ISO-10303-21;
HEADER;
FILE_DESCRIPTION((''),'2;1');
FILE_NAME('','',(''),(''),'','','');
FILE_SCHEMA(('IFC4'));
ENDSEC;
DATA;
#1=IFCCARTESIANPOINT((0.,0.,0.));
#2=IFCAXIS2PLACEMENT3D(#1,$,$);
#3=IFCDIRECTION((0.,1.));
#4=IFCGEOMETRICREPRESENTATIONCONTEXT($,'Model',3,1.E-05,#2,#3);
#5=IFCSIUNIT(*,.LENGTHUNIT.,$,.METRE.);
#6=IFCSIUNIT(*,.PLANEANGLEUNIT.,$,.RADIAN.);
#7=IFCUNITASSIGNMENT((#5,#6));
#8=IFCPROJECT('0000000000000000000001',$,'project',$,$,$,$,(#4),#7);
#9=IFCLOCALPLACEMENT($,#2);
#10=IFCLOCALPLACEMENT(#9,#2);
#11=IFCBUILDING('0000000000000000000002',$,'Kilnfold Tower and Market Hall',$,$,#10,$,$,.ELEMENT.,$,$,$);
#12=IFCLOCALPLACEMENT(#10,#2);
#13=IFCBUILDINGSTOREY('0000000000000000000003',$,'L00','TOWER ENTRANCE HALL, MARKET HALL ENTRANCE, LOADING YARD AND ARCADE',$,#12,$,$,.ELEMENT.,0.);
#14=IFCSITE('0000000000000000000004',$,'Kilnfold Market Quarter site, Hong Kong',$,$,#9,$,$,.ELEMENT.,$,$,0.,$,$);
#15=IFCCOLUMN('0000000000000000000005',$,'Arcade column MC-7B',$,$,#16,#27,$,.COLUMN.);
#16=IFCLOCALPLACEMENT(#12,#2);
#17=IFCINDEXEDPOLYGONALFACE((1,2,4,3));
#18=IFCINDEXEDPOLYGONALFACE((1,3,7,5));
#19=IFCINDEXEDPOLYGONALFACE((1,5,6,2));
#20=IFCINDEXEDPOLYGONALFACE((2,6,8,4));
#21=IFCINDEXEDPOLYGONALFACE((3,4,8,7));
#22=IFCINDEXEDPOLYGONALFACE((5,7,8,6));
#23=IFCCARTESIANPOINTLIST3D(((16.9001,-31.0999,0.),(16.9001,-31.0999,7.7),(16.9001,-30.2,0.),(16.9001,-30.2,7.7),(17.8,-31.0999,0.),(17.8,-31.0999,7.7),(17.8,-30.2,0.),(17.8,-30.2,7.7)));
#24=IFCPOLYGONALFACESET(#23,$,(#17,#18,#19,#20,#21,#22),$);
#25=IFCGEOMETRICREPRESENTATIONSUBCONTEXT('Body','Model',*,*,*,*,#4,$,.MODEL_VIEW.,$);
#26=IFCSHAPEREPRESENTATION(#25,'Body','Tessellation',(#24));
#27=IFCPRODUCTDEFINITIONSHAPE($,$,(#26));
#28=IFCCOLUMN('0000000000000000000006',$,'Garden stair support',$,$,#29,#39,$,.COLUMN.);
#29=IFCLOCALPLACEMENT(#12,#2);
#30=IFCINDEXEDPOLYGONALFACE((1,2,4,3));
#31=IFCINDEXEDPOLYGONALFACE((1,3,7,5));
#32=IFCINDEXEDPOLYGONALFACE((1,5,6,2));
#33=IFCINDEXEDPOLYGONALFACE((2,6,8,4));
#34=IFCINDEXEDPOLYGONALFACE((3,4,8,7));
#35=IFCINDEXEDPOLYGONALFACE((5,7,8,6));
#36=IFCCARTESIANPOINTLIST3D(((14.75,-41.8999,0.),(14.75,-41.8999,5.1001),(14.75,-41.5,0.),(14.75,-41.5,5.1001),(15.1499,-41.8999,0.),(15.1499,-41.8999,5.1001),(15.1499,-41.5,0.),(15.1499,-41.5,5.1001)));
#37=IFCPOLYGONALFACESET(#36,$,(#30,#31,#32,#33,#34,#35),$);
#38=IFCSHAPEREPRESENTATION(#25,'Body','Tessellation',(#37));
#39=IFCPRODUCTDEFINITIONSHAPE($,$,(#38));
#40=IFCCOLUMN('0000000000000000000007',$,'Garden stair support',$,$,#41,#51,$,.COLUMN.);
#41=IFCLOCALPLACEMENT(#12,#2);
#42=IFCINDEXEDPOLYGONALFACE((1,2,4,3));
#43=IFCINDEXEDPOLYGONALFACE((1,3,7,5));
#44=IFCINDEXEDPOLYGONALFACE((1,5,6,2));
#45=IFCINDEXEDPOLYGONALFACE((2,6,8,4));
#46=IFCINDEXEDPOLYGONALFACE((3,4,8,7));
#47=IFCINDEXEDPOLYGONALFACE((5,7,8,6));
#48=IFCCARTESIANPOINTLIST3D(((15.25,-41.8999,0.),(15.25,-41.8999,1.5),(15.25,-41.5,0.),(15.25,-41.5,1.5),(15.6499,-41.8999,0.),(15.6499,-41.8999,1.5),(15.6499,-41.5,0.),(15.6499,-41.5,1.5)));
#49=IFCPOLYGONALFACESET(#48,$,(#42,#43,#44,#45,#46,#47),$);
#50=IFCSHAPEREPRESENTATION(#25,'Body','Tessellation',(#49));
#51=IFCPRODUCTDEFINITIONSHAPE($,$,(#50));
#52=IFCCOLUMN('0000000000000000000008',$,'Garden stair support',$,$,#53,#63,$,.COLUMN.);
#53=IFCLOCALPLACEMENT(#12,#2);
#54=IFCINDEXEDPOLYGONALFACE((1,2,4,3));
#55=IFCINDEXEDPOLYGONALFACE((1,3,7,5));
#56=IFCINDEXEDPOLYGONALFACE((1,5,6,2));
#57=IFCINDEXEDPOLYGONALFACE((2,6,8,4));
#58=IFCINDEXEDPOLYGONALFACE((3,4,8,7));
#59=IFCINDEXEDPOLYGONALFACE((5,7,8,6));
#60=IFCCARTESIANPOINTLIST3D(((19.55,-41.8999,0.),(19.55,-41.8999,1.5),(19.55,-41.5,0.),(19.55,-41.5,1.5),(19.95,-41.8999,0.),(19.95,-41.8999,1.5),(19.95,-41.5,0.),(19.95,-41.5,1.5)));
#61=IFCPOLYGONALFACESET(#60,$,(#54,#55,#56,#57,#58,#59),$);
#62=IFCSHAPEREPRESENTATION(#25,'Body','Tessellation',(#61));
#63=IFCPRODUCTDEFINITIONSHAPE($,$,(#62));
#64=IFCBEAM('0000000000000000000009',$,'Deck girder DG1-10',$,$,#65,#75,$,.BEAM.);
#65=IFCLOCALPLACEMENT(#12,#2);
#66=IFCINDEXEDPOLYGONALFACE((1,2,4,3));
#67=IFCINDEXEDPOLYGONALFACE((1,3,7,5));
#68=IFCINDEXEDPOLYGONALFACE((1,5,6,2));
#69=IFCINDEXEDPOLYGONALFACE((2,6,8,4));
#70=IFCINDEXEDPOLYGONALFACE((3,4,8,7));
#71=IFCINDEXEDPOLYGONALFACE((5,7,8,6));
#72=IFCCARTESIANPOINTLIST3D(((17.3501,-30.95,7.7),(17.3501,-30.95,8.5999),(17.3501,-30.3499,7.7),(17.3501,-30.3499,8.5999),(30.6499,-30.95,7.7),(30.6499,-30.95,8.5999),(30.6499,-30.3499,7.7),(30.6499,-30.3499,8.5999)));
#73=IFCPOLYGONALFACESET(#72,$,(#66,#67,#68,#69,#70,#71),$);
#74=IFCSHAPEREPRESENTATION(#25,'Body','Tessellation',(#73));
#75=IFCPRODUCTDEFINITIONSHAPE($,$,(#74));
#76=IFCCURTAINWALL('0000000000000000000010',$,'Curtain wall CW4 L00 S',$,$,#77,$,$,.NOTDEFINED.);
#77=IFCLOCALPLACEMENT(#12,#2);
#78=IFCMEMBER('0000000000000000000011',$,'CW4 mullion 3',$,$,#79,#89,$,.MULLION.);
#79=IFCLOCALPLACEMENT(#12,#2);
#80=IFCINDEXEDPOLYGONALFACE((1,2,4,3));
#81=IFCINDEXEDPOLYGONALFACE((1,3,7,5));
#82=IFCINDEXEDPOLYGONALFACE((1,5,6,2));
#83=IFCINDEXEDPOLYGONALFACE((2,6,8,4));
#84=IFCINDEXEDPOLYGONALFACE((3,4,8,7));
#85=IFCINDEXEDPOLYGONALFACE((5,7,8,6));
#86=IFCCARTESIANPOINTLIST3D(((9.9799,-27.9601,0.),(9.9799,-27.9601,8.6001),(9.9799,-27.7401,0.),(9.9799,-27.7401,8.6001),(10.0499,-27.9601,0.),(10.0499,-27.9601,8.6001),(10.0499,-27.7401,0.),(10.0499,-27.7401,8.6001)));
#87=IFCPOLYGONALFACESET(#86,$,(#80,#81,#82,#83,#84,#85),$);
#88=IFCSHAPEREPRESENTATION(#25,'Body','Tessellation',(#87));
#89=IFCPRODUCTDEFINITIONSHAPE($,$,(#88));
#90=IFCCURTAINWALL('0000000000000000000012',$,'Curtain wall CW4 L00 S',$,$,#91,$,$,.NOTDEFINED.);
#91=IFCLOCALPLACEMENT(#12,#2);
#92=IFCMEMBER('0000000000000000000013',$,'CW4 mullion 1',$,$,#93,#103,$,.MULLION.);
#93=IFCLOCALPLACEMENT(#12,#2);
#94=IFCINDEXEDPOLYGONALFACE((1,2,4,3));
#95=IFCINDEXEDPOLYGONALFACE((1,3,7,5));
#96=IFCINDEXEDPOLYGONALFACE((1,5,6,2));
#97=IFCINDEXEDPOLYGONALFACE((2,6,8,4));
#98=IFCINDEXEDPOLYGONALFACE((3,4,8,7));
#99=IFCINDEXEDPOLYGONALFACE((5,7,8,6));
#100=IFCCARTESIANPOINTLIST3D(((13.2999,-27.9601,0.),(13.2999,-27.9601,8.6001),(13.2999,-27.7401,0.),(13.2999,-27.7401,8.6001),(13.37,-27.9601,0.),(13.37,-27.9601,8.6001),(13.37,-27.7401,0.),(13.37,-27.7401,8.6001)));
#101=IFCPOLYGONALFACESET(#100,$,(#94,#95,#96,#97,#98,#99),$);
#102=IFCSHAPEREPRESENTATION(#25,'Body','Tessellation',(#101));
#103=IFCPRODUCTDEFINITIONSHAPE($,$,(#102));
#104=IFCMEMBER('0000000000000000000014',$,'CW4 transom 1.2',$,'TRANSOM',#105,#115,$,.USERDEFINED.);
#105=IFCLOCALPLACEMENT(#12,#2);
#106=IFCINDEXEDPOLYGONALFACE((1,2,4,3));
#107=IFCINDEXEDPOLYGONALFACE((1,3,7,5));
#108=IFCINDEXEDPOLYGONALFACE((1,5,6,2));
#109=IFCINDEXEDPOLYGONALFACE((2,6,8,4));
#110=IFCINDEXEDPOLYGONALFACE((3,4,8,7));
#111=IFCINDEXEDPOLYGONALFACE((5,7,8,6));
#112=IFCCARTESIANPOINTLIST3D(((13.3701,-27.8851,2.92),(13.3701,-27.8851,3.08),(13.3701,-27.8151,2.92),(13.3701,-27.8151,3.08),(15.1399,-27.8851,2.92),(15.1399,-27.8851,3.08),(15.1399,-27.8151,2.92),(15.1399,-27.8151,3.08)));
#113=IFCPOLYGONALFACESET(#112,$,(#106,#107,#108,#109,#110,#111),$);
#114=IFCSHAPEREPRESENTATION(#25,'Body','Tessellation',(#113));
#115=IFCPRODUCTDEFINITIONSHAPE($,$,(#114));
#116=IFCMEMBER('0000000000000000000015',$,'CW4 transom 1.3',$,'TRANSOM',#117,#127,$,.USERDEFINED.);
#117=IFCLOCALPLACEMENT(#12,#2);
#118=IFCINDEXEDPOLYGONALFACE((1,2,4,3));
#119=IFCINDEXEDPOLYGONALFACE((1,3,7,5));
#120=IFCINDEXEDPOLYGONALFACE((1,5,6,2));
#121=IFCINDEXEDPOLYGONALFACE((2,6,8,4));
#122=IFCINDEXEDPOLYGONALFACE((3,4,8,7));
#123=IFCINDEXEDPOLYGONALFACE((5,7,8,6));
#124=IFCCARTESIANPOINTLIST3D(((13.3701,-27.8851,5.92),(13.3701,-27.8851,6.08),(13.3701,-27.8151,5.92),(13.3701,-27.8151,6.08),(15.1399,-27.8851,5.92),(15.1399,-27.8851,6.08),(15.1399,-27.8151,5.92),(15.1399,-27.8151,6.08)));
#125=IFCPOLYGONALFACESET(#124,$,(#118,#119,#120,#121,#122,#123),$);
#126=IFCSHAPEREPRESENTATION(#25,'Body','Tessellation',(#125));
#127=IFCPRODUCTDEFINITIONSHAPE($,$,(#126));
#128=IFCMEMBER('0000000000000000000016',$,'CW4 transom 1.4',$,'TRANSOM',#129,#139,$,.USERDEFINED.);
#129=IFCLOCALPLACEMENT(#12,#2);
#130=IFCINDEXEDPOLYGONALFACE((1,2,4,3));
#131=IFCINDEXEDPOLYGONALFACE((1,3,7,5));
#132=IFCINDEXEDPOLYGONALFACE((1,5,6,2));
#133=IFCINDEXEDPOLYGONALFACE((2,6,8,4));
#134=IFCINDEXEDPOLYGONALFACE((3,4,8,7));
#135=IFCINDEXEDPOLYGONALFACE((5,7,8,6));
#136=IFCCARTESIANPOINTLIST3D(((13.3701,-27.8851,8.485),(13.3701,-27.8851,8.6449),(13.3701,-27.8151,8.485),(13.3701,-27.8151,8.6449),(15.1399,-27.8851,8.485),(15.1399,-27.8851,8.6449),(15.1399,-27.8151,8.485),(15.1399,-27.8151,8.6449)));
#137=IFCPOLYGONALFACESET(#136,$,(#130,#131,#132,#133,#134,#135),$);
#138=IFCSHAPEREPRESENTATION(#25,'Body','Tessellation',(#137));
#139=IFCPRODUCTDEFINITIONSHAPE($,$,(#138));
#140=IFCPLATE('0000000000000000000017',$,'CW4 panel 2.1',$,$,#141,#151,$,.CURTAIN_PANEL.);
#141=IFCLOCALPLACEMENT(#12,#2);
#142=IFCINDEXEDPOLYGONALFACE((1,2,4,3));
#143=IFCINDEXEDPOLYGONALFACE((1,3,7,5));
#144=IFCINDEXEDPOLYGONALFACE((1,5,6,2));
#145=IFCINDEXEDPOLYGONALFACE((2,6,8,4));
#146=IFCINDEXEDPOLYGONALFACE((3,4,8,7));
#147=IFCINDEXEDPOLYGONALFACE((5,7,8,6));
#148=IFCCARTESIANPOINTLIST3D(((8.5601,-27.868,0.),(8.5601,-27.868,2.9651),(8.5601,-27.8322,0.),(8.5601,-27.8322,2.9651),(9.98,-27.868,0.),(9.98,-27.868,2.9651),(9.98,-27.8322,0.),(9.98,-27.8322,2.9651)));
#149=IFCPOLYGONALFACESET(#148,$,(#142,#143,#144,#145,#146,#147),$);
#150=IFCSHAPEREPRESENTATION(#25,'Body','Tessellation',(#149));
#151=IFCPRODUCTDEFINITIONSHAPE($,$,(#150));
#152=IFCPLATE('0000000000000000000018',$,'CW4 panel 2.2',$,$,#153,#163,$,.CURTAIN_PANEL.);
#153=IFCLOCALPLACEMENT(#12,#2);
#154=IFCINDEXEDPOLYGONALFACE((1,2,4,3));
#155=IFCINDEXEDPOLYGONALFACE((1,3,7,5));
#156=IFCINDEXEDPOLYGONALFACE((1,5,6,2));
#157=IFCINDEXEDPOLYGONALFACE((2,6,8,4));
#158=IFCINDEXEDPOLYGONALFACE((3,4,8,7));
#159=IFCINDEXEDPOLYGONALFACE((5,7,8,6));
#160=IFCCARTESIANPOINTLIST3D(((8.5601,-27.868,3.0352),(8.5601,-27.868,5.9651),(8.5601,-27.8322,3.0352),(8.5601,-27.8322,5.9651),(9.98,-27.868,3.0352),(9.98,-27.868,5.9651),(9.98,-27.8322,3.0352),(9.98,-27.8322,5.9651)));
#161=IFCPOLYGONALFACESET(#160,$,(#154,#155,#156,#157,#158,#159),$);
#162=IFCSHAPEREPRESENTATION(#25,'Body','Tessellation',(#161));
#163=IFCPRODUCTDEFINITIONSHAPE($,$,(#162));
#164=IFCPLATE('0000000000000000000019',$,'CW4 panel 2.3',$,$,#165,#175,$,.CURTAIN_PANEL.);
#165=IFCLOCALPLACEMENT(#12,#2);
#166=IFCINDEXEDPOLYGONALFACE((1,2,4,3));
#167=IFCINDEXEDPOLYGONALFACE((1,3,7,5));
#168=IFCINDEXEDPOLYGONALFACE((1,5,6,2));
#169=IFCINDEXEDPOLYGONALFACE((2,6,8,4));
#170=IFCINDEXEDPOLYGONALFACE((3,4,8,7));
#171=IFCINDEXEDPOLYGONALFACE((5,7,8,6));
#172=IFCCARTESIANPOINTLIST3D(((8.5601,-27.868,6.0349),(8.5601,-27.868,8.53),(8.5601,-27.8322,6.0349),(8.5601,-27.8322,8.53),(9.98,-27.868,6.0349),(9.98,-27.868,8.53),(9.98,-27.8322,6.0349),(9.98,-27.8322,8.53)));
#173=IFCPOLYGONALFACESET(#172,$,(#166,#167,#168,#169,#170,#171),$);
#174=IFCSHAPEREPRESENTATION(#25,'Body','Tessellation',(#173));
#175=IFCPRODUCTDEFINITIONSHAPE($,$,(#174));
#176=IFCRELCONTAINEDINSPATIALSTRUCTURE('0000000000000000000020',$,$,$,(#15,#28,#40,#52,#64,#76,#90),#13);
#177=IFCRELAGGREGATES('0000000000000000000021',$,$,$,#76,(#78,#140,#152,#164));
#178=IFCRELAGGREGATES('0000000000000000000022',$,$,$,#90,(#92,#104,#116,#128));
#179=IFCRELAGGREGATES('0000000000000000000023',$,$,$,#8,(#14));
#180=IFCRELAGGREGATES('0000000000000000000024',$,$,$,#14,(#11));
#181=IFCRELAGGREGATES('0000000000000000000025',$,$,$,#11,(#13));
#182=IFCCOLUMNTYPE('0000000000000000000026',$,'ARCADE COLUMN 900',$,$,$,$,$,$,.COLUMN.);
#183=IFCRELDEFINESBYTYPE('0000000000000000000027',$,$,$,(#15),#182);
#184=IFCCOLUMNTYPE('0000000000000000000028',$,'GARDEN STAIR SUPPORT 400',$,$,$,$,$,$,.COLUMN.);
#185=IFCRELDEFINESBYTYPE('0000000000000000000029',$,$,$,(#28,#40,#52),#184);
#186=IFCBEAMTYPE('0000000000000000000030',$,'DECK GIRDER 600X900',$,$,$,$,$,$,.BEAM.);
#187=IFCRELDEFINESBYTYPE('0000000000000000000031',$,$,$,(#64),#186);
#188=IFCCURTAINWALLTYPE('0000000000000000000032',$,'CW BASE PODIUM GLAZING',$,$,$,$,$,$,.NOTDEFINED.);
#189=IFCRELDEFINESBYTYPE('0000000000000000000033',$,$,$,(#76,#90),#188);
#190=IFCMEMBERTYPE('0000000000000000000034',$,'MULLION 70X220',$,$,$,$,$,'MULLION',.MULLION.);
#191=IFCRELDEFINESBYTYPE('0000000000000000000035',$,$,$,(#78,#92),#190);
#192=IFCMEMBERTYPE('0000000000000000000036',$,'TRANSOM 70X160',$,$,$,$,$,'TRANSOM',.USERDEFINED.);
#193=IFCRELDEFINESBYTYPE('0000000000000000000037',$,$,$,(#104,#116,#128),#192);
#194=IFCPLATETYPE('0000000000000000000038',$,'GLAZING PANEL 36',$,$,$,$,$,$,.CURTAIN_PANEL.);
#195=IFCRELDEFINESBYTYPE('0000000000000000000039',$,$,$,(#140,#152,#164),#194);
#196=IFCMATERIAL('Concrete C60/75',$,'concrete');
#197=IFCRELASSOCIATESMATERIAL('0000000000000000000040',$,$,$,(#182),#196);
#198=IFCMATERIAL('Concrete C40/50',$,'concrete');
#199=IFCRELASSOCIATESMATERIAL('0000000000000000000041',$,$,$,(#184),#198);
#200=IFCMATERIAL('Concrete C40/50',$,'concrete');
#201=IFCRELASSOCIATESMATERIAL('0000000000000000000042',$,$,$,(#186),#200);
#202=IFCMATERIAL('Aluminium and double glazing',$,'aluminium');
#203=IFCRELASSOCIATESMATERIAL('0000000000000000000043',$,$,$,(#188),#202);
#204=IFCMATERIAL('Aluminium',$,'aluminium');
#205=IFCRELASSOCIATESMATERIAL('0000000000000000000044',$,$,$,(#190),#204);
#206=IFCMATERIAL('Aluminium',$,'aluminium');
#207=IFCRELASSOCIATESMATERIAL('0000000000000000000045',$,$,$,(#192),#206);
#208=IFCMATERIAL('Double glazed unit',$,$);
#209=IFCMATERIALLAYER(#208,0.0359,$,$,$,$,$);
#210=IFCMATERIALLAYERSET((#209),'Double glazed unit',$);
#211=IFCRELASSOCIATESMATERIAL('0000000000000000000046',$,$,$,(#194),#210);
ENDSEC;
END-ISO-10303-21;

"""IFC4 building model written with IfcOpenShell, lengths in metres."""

from ifc_helpers import new_model, si_unit, direction, frame, origin, origin_2d, place, context, subcontext, project, spatial, rectangle, extrude, source, transform, mapped, material, layer, layer_set, material_profile, profile_set, type_object, element, aggregate, save


model = new_model("IFC4")

# Units and contexts
model_context = context("Model", 3, precision=1e-05, world=origin(), true_north=direction((0.0, 1.0)))
body_context = subcontext(model_context, "Body", "Model", "MODEL_VIEW")
ifc_project = project(units=[si_unit("LENGTHUNIT", "METRE"), si_unit("PLANEANGLEUNIT", "RADIAN")], contexts=[model_context])

# Site, building, storey
site_placement = place(None, origin())
site = spatial("IfcSite", under=ifc_project, at=site_placement, Name="Kilnfold Market Quarter site, Hong Kong", CompositionType="ELEMENT", RefElevation=0.0)
building_placement = place(site_placement, origin())
building = spatial("IfcBuilding", under=site, at=building_placement, Name="Kilnfold Tower and Market Hall", CompositionType="ELEMENT")
storey_placement = place(building_placement, origin())
storey = spatial("IfcBuildingStorey", under=building, at=storey_placement, Name="L00", Description="TOWER ENTRANCE HALL, MARKET HALL ENTRANCE, LOADING YARD AND ARCADE", CompositionType="ELEMENT", Elevation=0.0)

# Columns
ifc_material_1 = material(Name="Concrete C60/75", Category="concrete")
ifc_material_profile_1 = material_profile(ifc_material_1, rectangle(XDim=0.8999, YDim=0.8999, at=origin_2d()), Name="RC 900x900")
ifc_profile_set_1 = profile_set([ifc_material_profile_1], Name="Concrete C60/75")
column_type_1 = type_object("IfcColumnType", Name="ARCADE COLUMN 900", PredefinedType="COLUMN", material=ifc_profile_set_1)
shared_shape_1 = source(origin(), body_context, "Body", "SweptSolid", [
    extrude(rectangle(XDim=0.8999, YDim=0.8999, at=origin_2d()), origin(), (0.0, 0.0, 1.0), 7.7),
])
column_1_placement = place(storey_placement, frame((17.3501, -30.6499, 0.0), z_axis=(0.0, 0.0, 1.0), x_axis=(1.0, 0.0, 0.0)))
element("IfcColumn", 1, at=column_1_placement, inside=storey, type_object=column_type_1, Name="Arcade column MC-7B", PredefinedType="COLUMN", context=body_context, shape_type="MappedRepresentation", body=[
    mapped(shared_shape_1, transform((0.0, 0.0, 0.0))),
])
ifc_material_2 = material(Name="Concrete C40/50", Category="concrete")
ifc_material_profile_2 = material_profile(ifc_material_2, rectangle(XDim=0.3999, YDim=0.3999, at=origin_2d()), Name="RC 400x400")
ifc_profile_set_2 = profile_set([ifc_material_profile_2], Name="Concrete C40/50")
column_type_2 = type_object("IfcColumnType", Name="GARDEN STAIR SUPPORT 400", PredefinedType="COLUMN", material=ifc_profile_set_2)
shared_shape_2 = source(origin(), body_context, "Body", "SweptSolid", [
    extrude(rectangle(XDim=0.3999, YDim=0.3999, at=origin_2d()), origin(), (0.0, 0.0, 1.0), 5.1001),
])
column_2_placement = place(storey_placement, frame((14.95, -41.7, 0.0), z_axis=(0.0, 0.0, 1.0), x_axis=(1.0, 0.0, 0.0)))
element("IfcColumn", 2, at=column_2_placement, inside=storey, type_object=column_type_2, Name="Garden stair support", PredefinedType="COLUMN", context=body_context, shape_type="MappedRepresentation", body=[
    mapped(shared_shape_2, transform((0.0, 0.0, 0.0))),
])
shared_shape_3 = source(origin(), body_context, "Body", "SweptSolid", [
    extrude(rectangle(XDim=0.3999, YDim=0.3999, at=origin_2d()), origin(), (0.0, 0.0, 1.0), 1.5),
])
for number, where, z_axis, x_axis, name in (
    (3, (15.45, -41.7, 0.0), (0.0, 0.0, 1.0), (1.0, 0.0, 0.0), "Garden stair support"),
    (4, (19.75, -41.7, 0.0), (0.0, 0.0, 1.0), (1.0, 0.0, 0.0), "Garden stair support"),
):
    element("IfcColumn", number, at=place(storey_placement, frame(where, z_axis=z_axis, x_axis=x_axis)), inside=storey, type_object=column_type_2, Name=name, PredefinedType="COLUMN", context=body_context, shape_type="MappedRepresentation", body=[
        mapped(shared_shape_3, transform((0.0, 0.0, 0.0))),
    ])

# Beam
ifc_material_3 = material(Name="Concrete C40/50", Category="concrete")
ifc_material_profile_3 = material_profile(ifc_material_3, rectangle(XDim=0.6001, YDim=0.8999, at=origin_2d()), Name="RC 600x900")
ifc_profile_set_3 = profile_set([ifc_material_profile_3], Name="Concrete C40/50")
beam_type = type_object("IfcBeamType", Name="DECK GIRDER 600X900", PredefinedType="BEAM", material=ifc_profile_set_3)
shared_shape_4 = source(origin(), body_context, "Body", "SweptSolid", [
    extrude(rectangle(XDim=0.6001, YDim=0.8999, at=origin_2d()), origin(), (0.0, 0.0, 1.0), 13.2998),
])
beam_placement = place(storey_placement, frame((17.3501, -30.6499, 8.1499), z_axis=(1.0, 0.0, 0.0), x_axis=(0.0, 1.0, 0.0)))
element("IfcBeam", 5, at=beam_placement, inside=storey, type_object=beam_type, Name="Deck girder DG1-10", PredefinedType="BEAM", context=body_context, shape_type="MappedRepresentation", body=[
    mapped(shared_shape_4, transform((0.0, 0.0, 0.0))),
])

# Curtain wall, member
ifc_material_4 = material(Name="Aluminium and double glazing", Category="aluminium")
curtain_wall_type = type_object("IfcCurtainWallType", Name="CW BASE PODIUM GLAZING", PredefinedType="NOTDEFINED", material=ifc_material_4)
curtain_wall_1_placement = place(storey_placement, origin())
curtain_wall_1 = element("IfcCurtainWall", 6, at=curtain_wall_1_placement, inside=storey, type_object=curtain_wall_type, Name="Curtain wall CW4 L00 S", PredefinedType="NOTDEFINED")
ifc_material_5 = material(Name="Aluminium", Category="aluminium")
ifc_material_profile_4 = material_profile(ifc_material_5, rectangle(XDim=0.0701, YDim=0.22, at=origin_2d()), Name="MULLION 70x220")
ifc_profile_set_4 = profile_set([ifc_material_profile_4], Name="Aluminium")
member_type_1 = type_object("IfcMemberType", Name="MULLION 70X220", ElementType="MULLION", PredefinedType="MULLION", material=ifc_profile_set_4)
shared_shape_5 = source(origin(), body_context, "Body", "SweptSolid", [
    extrude(rectangle(XDim=0.0701, YDim=0.22, at=origin_2d()), origin(), (0.0, 0.0, 1.0), 8.6001),
])
member_1_placement = place(storey_placement, frame((10.0149, -27.8501, 0.0), z_axis=(0.0, 0.0, 1.0), x_axis=(1.0, 0.0, 0.0)))
member_1 = element("IfcMember", 7, at=member_1_placement, type_object=member_type_1, Name="CW4 mullion 3", PredefinedType="MULLION", context=body_context, shape_type="MappedRepresentation", body=[
    mapped(shared_shape_5, transform((0.0, 0.0, 0.0))),
])

# Curtain wall, members
curtain_wall_2_placement = place(storey_placement, origin())
curtain_wall_2 = element("IfcCurtainWall", 8, at=curtain_wall_2_placement, inside=storey, type_object=curtain_wall_type, Name="Curtain wall CW4 L00 S", PredefinedType="NOTDEFINED")
member_2_placement = place(storey_placement, frame((13.335, -27.8501, 0.0), z_axis=(0.0, 0.0, 1.0), x_axis=(1.0, 0.0, 0.0)))
member_2 = element("IfcMember", 9, at=member_2_placement, type_object=member_type_1, Name="CW4 mullion 1", PredefinedType="MULLION", context=body_context, shape_type="MappedRepresentation", body=[
    mapped(shared_shape_5, transform((0.0, 0.0, 0.0))),
])
ifc_material_6 = material(Name="Aluminium", Category="aluminium")
ifc_material_profile_5 = material_profile(ifc_material_6, rectangle(XDim=0.0701, YDim=0.1599, at=origin_2d()), Name="TRANSOM 70x160")
ifc_profile_set_5 = profile_set([ifc_material_profile_5], Name="Aluminium")
member_type_2 = type_object("IfcMemberType", Name="TRANSOM 70X160", ElementType="TRANSOM", PredefinedType="USERDEFINED", material=ifc_profile_set_5)
shared_shape_6 = source(origin(), body_context, "Body", "SweptSolid", [
    extrude(rectangle(XDim=0.0701, YDim=0.1599, at=origin_2d()), origin(), (0.0, 0.0, 1.0), 1.7698),
])
member_3_placement = place(storey_placement, frame((13.3701, -27.8501, 3.0), z_axis=(1.0, 0.0, 0.0), x_axis=(0.0, 1.0, 0.0)))
member_3 = element("IfcMember", 10, at=member_3_placement, type_object=member_type_2, Name="CW4 transom 1.2", ObjectType="TRANSOM", PredefinedType="USERDEFINED", context=body_context, shape_type="MappedRepresentation", body=[
    mapped(shared_shape_6, transform((0.0, 0.0, 0.0))),
])
member_4_placement = place(storey_placement, frame((13.3701, -27.8501, 6.0), z_axis=(1.0, 0.0, 0.0), x_axis=(0.0, 1.0, 0.0)))
member_4 = element("IfcMember", 11, at=member_4_placement, type_object=member_type_2, Name="CW4 transom 1.3", ObjectType="TRANSOM", PredefinedType="USERDEFINED", context=body_context, shape_type="MappedRepresentation", body=[
    mapped(shared_shape_6, transform((0.0, 0.0, 0.0))),
])
member_5_placement = place(storey_placement, frame((13.3701, -27.8501, 8.5649), z_axis=(1.0, 0.0, 0.0), x_axis=(0.0, 1.0, 0.0)))
member_5 = element("IfcMember", 12, at=member_5_placement, type_object=member_type_2, Name="CW4 transom 1.4", ObjectType="TRANSOM", PredefinedType="USERDEFINED", context=body_context, shape_type="MappedRepresentation", body=[
    mapped(shared_shape_6, transform((0.0, 0.0, 0.0))),
])

# Plates
ifc_material_7 = material(Name="Double glazed unit")
ifc_layer_1 = layer(ifc_material_7, 0.0359)
ifc_layer_set_1 = layer_set([ifc_layer_1], Name="Double glazed unit")
plate_type = type_object("IfcPlateType", Name="GLAZING PANEL 36", PredefinedType="CURTAIN_PANEL", material=ifc_layer_set_1)
shared_shape_7 = source(origin(), body_context, "Body", "SweptSolid", [
    extrude(rectangle(XDim=1.4199, YDim=0.0359, at=origin_2d()), origin(), (0.0, 0.0, 1.0), 2.9651),
])
plate_1_placement = place(storey_placement, frame((9.27, -27.8501, 0.0), z_axis=(0.0, 0.0, 1.0), x_axis=(1.0, 0.0, 0.0)))
plate_1 = element("IfcPlate", 13, at=plate_1_placement, type_object=plate_type, Name="CW4 panel 2.1", PredefinedType="CURTAIN_PANEL", context=body_context, shape_type="MappedRepresentation", body=[
    mapped(shared_shape_7, transform((0.0, 0.0, 0.0))),
])
shared_shape_8 = source(origin(), body_context, "Body", "SweptSolid", [
    extrude(rectangle(XDim=1.4199, YDim=0.0359, at=origin_2d()), origin(), (0.0, 0.0, 1.0), 2.9299),
])
plate_2_placement = place(storey_placement, frame((9.27, -27.8501, 3.0352), z_axis=(0.0, 0.0, 1.0), x_axis=(1.0, 0.0, 0.0)))
plate_2 = element("IfcPlate", 14, at=plate_2_placement, type_object=plate_type, Name="CW4 panel 2.2", PredefinedType="CURTAIN_PANEL", context=body_context, shape_type="MappedRepresentation", body=[
    mapped(shared_shape_8, transform((0.0, 0.0, 0.0))),
])
shared_shape_9 = source(origin(), body_context, "Body", "SweptSolid", [
    extrude(rectangle(XDim=1.4199, YDim=0.0359, at=origin_2d()), origin(), (0.0, 0.0, 1.0), 2.4951),
])
plate_3_placement = place(storey_placement, frame((9.27, -27.8501, 6.0349), z_axis=(0.0, 0.0, 1.0), x_axis=(1.0, 0.0, 0.0)))
plate_3 = element("IfcPlate", 15, at=plate_3_placement, type_object=plate_type, Name="CW4 panel 2.3", PredefinedType="CURTAIN_PANEL", context=body_context, shape_type="MappedRepresentation", body=[
    mapped(shared_shape_9, transform((0.0, 0.0, 0.0))),
])
aggregate(curtain_wall_1, [member_1, plate_1, plate_2, plate_3])
aggregate(curtain_wall_2, [member_2, member_3, member_4, member_5])

save(model, "model.ifc")
